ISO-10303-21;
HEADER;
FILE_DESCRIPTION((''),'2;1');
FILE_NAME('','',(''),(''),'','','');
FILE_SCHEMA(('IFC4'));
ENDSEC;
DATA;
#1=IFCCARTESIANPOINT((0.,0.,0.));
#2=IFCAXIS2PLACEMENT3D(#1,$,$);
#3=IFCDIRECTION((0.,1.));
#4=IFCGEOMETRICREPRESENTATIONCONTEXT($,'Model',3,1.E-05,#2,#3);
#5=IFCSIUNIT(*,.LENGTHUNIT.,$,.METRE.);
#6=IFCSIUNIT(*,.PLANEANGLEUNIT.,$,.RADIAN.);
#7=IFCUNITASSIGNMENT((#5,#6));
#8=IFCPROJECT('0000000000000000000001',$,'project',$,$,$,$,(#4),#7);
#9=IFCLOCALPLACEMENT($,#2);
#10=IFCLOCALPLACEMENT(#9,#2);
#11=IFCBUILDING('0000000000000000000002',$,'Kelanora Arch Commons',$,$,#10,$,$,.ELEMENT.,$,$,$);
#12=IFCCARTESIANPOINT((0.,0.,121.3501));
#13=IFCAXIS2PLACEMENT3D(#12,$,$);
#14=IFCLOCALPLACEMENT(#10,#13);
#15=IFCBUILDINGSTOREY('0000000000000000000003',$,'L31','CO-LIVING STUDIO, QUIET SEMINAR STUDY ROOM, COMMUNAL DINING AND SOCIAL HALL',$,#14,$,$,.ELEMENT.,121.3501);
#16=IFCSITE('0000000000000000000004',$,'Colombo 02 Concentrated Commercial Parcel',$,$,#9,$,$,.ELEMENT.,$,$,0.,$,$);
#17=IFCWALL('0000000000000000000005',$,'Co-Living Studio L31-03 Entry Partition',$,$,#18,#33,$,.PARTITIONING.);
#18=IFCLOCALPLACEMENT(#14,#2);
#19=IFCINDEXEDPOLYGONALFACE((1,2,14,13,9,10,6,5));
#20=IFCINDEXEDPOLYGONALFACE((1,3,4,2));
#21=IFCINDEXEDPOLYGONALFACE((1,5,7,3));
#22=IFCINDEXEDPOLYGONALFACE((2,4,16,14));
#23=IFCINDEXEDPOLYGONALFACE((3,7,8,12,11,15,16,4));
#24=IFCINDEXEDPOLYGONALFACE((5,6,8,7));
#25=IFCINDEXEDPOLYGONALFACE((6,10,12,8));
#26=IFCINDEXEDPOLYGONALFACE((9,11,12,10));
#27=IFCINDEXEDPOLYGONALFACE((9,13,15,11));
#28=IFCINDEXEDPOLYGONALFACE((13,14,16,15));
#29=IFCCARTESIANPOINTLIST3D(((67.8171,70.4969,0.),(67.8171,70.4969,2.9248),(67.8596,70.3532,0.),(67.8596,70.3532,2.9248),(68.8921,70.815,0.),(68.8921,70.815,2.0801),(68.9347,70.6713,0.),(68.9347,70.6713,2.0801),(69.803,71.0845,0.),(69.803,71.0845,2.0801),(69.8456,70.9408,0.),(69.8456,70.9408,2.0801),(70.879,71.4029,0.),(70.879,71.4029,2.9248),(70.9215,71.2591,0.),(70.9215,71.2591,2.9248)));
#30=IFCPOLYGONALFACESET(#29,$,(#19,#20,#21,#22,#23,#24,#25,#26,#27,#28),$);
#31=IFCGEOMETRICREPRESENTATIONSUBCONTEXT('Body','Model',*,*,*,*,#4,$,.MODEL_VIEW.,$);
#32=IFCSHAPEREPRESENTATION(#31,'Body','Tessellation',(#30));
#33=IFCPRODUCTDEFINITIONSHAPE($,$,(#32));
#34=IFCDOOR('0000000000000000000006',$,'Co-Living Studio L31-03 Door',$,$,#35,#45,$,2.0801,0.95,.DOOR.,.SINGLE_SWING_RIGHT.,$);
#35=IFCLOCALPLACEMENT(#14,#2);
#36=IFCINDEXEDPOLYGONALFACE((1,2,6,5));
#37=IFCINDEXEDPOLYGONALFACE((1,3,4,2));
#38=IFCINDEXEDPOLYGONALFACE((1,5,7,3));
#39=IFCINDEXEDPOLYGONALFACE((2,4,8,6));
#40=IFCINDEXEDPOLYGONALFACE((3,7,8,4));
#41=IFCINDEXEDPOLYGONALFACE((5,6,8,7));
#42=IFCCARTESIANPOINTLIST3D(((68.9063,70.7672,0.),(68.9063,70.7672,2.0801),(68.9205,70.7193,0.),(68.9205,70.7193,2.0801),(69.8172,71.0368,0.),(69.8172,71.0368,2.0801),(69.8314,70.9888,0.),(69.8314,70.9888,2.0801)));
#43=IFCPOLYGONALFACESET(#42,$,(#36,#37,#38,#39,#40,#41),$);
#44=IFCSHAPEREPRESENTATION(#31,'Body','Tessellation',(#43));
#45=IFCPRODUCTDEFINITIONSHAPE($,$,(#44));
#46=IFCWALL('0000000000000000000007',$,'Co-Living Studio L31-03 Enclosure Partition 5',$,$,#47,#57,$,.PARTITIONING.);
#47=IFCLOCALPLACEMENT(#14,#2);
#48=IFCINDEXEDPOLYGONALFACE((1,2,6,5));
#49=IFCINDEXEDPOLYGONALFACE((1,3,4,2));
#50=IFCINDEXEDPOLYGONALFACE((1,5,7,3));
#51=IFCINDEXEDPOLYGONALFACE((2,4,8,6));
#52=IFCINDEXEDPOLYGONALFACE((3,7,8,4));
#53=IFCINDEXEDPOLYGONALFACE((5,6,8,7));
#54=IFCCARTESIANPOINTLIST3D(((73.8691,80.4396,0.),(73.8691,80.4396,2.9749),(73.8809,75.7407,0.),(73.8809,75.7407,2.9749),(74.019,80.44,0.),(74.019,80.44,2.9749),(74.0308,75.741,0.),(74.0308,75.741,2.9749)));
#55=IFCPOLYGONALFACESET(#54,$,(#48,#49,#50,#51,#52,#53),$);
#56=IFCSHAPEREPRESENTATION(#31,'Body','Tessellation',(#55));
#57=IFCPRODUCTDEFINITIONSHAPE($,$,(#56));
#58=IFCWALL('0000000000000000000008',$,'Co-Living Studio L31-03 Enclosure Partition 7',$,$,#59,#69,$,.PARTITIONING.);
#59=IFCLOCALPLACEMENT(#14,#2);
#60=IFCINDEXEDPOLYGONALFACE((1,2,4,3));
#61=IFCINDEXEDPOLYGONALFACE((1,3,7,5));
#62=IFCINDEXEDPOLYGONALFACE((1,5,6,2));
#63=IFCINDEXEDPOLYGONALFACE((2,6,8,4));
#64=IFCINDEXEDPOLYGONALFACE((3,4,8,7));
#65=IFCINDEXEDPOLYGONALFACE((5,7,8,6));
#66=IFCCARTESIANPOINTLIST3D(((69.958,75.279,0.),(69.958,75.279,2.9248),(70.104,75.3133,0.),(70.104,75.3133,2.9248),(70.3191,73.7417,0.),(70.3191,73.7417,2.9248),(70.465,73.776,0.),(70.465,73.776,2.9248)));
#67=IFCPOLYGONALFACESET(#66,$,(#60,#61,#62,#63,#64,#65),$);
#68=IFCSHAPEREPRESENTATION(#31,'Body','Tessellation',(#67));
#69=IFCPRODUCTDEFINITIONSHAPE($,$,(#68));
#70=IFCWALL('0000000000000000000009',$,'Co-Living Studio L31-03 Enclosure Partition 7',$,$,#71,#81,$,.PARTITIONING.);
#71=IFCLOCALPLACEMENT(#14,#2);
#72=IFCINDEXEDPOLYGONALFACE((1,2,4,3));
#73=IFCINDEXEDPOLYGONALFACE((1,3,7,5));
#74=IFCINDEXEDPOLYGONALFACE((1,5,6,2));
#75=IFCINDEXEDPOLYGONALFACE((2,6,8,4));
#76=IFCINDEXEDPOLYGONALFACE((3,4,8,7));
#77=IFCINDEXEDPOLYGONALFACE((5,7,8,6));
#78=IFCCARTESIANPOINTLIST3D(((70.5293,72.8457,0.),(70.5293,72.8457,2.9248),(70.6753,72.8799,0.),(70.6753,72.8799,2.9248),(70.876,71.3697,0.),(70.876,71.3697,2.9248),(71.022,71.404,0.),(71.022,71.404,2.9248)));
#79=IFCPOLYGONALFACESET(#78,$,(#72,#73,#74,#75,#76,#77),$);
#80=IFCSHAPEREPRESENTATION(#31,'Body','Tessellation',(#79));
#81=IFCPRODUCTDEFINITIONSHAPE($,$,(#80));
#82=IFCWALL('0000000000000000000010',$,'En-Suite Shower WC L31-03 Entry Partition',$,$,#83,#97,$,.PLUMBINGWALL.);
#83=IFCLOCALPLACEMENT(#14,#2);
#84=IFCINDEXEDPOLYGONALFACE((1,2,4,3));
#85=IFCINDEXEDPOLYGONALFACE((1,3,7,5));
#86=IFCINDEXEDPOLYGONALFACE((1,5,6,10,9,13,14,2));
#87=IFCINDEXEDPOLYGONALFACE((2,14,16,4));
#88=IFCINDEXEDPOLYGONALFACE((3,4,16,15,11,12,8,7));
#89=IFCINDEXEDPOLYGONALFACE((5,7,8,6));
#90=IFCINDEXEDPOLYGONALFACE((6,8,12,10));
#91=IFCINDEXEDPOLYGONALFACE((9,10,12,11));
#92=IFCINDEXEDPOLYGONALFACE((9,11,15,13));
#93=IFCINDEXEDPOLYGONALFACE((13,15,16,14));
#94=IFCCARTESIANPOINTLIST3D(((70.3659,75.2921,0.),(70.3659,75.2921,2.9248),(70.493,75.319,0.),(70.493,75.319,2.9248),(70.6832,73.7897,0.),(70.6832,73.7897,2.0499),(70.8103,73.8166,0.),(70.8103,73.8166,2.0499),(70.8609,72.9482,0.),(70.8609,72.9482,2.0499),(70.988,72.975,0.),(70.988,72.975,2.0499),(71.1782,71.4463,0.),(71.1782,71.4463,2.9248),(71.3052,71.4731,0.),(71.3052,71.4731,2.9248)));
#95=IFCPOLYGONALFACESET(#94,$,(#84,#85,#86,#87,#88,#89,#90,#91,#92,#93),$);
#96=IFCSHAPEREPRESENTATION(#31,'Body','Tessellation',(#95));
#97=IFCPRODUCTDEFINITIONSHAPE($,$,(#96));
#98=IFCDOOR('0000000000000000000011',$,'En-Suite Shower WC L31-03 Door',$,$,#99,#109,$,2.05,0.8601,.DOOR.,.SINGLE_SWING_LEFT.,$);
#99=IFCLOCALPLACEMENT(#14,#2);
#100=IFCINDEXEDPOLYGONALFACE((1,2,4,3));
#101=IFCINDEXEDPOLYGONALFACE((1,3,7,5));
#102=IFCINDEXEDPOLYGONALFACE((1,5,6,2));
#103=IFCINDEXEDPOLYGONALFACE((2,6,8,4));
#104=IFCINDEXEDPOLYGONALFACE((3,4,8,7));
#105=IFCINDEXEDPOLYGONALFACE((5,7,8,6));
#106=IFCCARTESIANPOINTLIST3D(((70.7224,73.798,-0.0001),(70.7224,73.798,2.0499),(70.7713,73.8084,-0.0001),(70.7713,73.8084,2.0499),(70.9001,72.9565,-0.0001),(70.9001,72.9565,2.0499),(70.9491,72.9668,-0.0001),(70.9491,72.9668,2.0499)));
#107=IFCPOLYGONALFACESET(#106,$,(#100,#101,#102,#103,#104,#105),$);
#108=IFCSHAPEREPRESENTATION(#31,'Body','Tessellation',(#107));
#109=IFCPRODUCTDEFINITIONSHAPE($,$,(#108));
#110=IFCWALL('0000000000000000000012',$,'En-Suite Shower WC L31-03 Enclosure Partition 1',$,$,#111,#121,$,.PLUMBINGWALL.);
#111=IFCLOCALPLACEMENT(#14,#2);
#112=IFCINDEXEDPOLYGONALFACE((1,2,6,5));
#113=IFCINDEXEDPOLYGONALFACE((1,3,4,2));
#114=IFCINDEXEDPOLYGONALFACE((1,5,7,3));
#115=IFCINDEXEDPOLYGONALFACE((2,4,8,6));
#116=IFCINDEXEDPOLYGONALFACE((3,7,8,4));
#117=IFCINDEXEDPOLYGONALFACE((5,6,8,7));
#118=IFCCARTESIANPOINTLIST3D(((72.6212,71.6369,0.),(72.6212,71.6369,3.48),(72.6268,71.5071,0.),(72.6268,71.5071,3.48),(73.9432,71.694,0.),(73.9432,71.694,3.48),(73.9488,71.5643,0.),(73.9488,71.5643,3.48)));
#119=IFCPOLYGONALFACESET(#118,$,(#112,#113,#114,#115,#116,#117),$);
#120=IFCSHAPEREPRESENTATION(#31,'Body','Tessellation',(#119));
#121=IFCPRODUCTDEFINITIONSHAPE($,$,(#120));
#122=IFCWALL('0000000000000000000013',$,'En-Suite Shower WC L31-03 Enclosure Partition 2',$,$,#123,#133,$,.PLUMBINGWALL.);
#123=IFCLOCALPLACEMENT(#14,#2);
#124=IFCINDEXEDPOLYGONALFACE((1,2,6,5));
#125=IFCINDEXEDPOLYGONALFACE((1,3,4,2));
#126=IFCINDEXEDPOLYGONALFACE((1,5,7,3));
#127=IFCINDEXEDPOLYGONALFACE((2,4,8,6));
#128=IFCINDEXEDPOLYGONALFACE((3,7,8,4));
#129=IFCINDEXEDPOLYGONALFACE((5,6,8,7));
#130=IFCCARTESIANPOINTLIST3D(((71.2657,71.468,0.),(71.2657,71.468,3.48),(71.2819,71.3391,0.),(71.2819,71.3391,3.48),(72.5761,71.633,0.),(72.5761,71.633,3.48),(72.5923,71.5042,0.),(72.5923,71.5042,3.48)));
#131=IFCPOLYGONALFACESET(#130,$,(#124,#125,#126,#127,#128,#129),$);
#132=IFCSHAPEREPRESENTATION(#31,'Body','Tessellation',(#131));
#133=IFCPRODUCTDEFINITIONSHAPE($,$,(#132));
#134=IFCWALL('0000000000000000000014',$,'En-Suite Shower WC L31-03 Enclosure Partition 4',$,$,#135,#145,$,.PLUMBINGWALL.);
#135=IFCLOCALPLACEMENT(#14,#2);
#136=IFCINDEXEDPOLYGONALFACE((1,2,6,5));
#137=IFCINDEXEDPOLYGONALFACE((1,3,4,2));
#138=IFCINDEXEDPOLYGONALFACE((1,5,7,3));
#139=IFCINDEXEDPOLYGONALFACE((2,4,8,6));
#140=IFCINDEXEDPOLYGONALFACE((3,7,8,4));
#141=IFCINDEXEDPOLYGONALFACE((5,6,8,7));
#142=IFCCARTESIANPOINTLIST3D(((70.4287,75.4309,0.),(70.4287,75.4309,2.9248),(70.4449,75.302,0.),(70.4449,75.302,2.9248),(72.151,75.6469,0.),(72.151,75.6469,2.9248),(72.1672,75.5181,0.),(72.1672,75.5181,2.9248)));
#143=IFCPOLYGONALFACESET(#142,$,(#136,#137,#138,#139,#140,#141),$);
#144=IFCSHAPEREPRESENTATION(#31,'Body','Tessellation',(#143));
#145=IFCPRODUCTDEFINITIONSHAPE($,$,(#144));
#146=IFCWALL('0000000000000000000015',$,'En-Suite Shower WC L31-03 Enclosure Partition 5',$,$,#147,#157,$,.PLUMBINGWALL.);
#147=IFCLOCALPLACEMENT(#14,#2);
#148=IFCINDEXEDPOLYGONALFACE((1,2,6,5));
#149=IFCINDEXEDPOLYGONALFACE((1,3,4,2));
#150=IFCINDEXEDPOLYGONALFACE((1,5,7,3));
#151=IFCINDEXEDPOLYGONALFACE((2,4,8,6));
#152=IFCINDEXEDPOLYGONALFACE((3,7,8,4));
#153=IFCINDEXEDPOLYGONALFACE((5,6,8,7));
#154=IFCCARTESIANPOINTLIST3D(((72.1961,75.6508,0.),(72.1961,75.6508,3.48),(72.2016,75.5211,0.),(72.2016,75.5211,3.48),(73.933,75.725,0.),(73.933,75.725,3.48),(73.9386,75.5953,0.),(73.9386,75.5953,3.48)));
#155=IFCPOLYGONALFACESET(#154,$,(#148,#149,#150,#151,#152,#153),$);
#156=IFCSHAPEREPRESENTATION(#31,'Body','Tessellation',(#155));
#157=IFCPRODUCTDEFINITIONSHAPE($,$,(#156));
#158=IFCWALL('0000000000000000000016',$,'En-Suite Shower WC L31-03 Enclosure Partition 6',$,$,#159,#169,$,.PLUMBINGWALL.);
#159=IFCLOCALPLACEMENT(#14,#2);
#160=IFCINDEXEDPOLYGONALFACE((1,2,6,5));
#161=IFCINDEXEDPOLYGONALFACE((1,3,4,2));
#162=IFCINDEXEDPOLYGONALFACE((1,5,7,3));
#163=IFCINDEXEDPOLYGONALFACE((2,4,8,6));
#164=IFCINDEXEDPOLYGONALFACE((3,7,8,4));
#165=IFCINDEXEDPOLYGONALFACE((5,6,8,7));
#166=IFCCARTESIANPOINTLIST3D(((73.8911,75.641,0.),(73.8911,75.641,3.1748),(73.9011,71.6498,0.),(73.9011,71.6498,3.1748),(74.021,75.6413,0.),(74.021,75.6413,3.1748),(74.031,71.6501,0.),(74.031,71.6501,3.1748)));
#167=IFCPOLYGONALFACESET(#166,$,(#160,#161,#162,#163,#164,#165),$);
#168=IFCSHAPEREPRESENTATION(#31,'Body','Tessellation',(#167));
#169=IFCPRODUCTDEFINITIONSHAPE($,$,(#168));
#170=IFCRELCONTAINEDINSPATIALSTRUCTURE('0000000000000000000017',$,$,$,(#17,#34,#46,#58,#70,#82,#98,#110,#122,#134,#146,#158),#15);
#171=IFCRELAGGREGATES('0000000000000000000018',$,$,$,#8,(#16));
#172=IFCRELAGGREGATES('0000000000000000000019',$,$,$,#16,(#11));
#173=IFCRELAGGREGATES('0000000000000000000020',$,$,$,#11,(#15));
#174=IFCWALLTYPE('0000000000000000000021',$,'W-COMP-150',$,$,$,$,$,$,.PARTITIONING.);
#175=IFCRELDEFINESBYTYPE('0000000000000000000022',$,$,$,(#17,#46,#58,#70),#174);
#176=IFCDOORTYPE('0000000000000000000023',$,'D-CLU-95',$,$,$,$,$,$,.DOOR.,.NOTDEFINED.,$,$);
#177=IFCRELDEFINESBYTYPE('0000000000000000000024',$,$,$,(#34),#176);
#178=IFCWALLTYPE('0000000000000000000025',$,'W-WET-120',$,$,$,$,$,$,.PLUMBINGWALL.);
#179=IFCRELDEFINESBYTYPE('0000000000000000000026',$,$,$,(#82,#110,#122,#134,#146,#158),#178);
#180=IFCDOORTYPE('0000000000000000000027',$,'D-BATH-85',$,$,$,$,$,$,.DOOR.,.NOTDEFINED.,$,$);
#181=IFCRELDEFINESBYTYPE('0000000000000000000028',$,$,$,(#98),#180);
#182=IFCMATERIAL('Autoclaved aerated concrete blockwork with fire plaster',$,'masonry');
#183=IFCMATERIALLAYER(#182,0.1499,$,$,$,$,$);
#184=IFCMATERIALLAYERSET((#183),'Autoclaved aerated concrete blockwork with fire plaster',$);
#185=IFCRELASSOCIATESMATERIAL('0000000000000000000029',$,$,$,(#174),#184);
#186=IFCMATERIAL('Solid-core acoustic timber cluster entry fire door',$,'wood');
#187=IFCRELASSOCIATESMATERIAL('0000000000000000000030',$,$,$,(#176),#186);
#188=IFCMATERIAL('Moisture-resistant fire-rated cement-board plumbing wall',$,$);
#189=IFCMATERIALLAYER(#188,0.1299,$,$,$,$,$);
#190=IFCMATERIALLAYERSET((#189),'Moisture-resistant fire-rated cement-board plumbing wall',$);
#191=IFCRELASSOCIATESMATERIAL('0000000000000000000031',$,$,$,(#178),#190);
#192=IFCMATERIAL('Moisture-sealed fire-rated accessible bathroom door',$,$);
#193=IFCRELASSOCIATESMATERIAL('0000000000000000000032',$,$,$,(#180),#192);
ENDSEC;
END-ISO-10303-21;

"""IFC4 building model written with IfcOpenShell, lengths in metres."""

from ifc_helpers import new_model, si_unit, direction, frame, frame_2d, origin, place, context, subcontext, project, spatial, rectangle, extrude, material, layer, layer_set, type_object, element, fill, save


model = new_model("IFC4")

# Units and contexts
model_context = context("Model", 3, precision=1e-05, world=origin(), true_north=direction((0.0, 1.0)))
body_context = subcontext(model_context, "Body", "Model", "MODEL_VIEW")
ifc_project = project(units=[si_unit("LENGTHUNIT", "METRE"), si_unit("PLANEANGLEUNIT", "RADIAN")], contexts=[model_context])

# Site, building, storey
site_placement = place(None, origin())
site = spatial("IfcSite", under=ifc_project, at=site_placement, Name="Colombo 02 Concentrated Commercial Parcel", CompositionType="ELEMENT", RefElevation=0.0)
building_placement = place(site_placement, origin())
building = spatial("IfcBuilding", under=site, at=building_placement, Name="Kelanora Arch Commons", CompositionType="ELEMENT")
storey_placement = place(building_placement, frame((0.0, 0.0, 121.3501)))
storey = spatial("IfcBuildingStorey", under=building, at=storey_placement, Name="L31", Description="CO-LIVING STUDIO, QUIET SEMINAR STUDY ROOM, COMMUNAL DINING AND SOCIAL HALL", CompositionType="ELEMENT", Elevation=121.3501)

# Wall, opening, door
ifc_material_1 = material(Name="Autoclaved aerated concrete blockwork with fire plaster", Category="masonry")
ifc_layer_1 = layer(ifc_material_1, 0.1499)
ifc_layer_set_1 = layer_set([ifc_layer_1], Name="Autoclaved aerated concrete blockwork with fire plaster")
wall_type_1 = type_object("IfcWallType", Name="W-COMP-150", PredefinedType="PARTITIONING", material=ifc_layer_set_1)
wall_1_placement = place(storey_placement, frame((70.9004, 71.3311, 0.0), z_axis=(0.0, 0.0, 1.0), x_axis=(-0.958905, -0.283726, 0.0)))
wall_1 = element("IfcWall", 1, at=wall_1_placement, inside=storey, type_object=wall_type_1, Name="Co-Living Studio L31-03 Entry Partition", PredefinedType="PARTITIONING", context=body_context, shape_type="SweptSolid", body=[
    extrude(rectangle(XDim=3.1931, YDim=0.1499, at=frame_2d((1.5967, 0.0))), origin(), (0.0, 0.0, 1.0), 2.9248),
])
opening_1_placement = place(wall_1_placement, frame((1.1221, 0.0, 0.0)))
opening_1 = element("IfcOpeningElement", 2, at=opening_1_placement, cuts=wall_1, PredefinedType="OPENING", context=body_context, shape_type="SweptSolid", body=[
    extrude(rectangle(XDim=0.95, YDim=2.0801, at=frame_2d((0.4751, 1.04))), frame((0.0, 0.085, 0.0), z_axis=(0.0, -1.0, 0.0), x_axis=(1.0, 0.0, 0.0)), (0.0, 0.0, 1.0), 0.1699),
])
ifc_material_2 = material(Name="Solid-core acoustic timber cluster entry fire door", Category="wood")
door_type_1 = type_object("IfcDoorType", Name="D-CLU-95", OperationType="NOTDEFINED", PredefinedType="DOOR", material=ifc_material_2)
door_1_placement = place(opening_1_placement, origin())
door_1 = element("IfcDoor", 3, at=door_1_placement, inside=storey, type_object=door_type_1, Name="Co-Living Studio L31-03 Door", OperationType="SINGLE_SWING_RIGHT", OverallHeight=2.0801, OverallWidth=0.95, PredefinedType="DOOR", context=body_context, shape_type="SweptSolid", body=[
    extrude(rectangle(XDim=0.95, YDim=2.0801, at=frame_2d((0.4751, 1.04))), frame((0.0, 0.0249, 0.0), z_axis=(0.0, -1.0, 0.0), x_axis=(1.0, 0.0, 0.0)), (0.0, 0.0, 1.0), 0.05),
])
fill(opening_1, door_1)

# Walls
wall_2_placement = place(storey_placement, frame((73.9441, 80.4399, 0.0), z_axis=(0.0, 0.0, 1.0), x_axis=(0.002494, -0.999997, 0.0)))
element("IfcWall", 4, at=wall_2_placement, inside=storey, type_object=wall_type_1, Name="Co-Living Studio L31-03 Enclosure Partition 5", PredefinedType="PARTITIONING", context=body_context, shape_type="SweptSolid", body=[
    extrude(rectangle(XDim=4.699, YDim=0.1499, at=frame_2d((2.3496, 0.0))), origin(), (0.0, 0.0, 1.0), 2.9749),
])
wall_3_placement = place(storey_placement, frame((70.031, 75.2961, 0.0), z_axis=(0.0, 0.0, 1.0), x_axis=(0.228652, -0.973508, 0.0)))
element("IfcWall", 5, at=wall_3_placement, inside=storey, type_object=wall_type_1, Name="Co-Living Studio L31-03 Enclosure Partition 7", PredefinedType="PARTITIONING", context=body_context, shape_type="SweptSolid", body=[
    extrude(rectangle(XDim=1.5791, YDim=0.1499, at=frame_2d((0.7896, 0.0))), origin(), (0.0, 0.0, 1.0), 2.9248),
])
wall_4_placement = place(storey_placement, frame((70.6023, 72.8628, 0.0), z_axis=(0.0, 0.0, 1.0), x_axis=(0.22868, -0.973502, 0.0)))
element("IfcWall", 6, at=wall_4_placement, inside=storey, type_object=wall_type_1, Name="Co-Living Studio L31-03 Enclosure Partition 7", PredefinedType="PARTITIONING", context=body_context, shape_type="SweptSolid", body=[
    extrude(rectangle(XDim=1.5161, YDim=0.1499, at=frame_2d((0.7581, 0.0))), origin(), (0.0, 0.0, 1.0), 2.9248),
])

# Wall, opening, door
ifc_material_3 = material(Name="Moisture-resistant fire-rated cement-board plumbing wall")
ifc_layer_2 = layer(ifc_material_3, 0.1299)
ifc_layer_set_2 = layer_set([ifc_layer_2], Name="Moisture-resistant fire-rated cement-board plumbing wall")
wall_type_2 = type_object("IfcWallType", Name="W-WET-120", PredefinedType="PLUMBINGWALL", material=ifc_layer_set_2)
wall_5_placement = place(storey_placement, frame((71.2417, 71.4597, 0.0), z_axis=(0.0, 0.0, 1.0), x_axis=(-0.206652, 0.978414, 0.0)))
wall_5 = element("IfcWall", 7, at=wall_5_placement, inside=storey, type_object=wall_type_2, Name="En-Suite Shower WC L31-03 Entry Partition", PredefinedType="PLUMBINGWALL", context=body_context, shape_type="SweptSolid", body=[
    extrude(rectangle(XDim=3.9307, YDim=0.1299, at=frame_2d((1.9653, 0.0))), origin(), (0.0, 0.0, 1.0), 2.9248),
])
opening_2_placement = place(wall_5_placement, frame((1.5349, 0.0, 0.0)))
opening_2 = element("IfcOpeningElement", 8, at=opening_2_placement, cuts=wall_5, PredefinedType="OPENING", context=body_context, shape_type="SweptSolid", body=[
    extrude(rectangle(XDim=0.8601, YDim=2.05, at=frame_2d((0.4302, 1.0249))), frame((0.0, 0.075, 0.0), z_axis=(0.0, -1.0, 0.0), x_axis=(1.0, 0.0, 0.0)), (0.0, 0.0, 1.0), 0.1499),
])
ifc_material_4 = material(Name="Moisture-sealed fire-rated accessible bathroom door")
door_type_2 = type_object("IfcDoorType", Name="D-BATH-85", OperationType="NOTDEFINED", PredefinedType="DOOR", material=ifc_material_4)
door_2_placement = place(opening_2_placement, origin())
door_2 = element("IfcDoor", 9, at=door_2_placement, inside=storey, type_object=door_type_2, Name="En-Suite Shower WC L31-03 Door", OperationType="SINGLE_SWING_LEFT", OverallHeight=2.05, OverallWidth=0.8601, PredefinedType="DOOR", context=body_context, shape_type="SweptSolid", body=[
    extrude(rectangle(XDim=0.8601, YDim=2.05, at=frame_2d((0.4302, 1.0249))), frame((0.0, 0.0249, 0.0), z_axis=(0.0, -1.0, 0.0), x_axis=(1.0, 0.0, 0.0)), (0.0, 0.0, 1.0), 0.05),
])
fill(opening_2, door_2)

# Walls
wall_6_placement = place(storey_placement, frame((73.946, 71.6292, 0.0), z_axis=(0.0, 0.0, 1.0), x_axis=(-0.999068, -0.043173, 0.0)))
element("IfcWall", 10, at=wall_6_placement, inside=storey, type_object=wall_type_2, Name="En-Suite Shower WC L31-03 Enclosure Partition 1", PredefinedType="PLUMBINGWALL", context=body_context, shape_type="SweptSolid", body=[
    extrude(rectangle(XDim=1.3232, YDim=0.1299, at=frame_2d((0.6616, 0.0))), origin(), (0.0, 0.0, 1.0), 3.48),
])
wall_7_placement = place(storey_placement, frame((72.5842, 71.5686, 0.0), z_axis=(0.0, 0.0, 1.0), x_axis=(-0.992164, -0.124945, 0.0)))
element("IfcWall", 11, at=wall_7_placement, inside=storey, type_object=wall_type_2, Name="En-Suite Shower WC L31-03 Enclosure Partition 2", PredefinedType="PLUMBINGWALL", context=body_context, shape_type="SweptSolid", body=[
    extrude(rectangle(XDim=1.3208, YDim=0.1299, at=frame_2d((0.6604, 0.0))), origin(), (0.0, 0.0, 1.0), 3.48),
])
wall_8_placement = place(storey_placement, frame((70.4368, 75.3665, 0.0), z_axis=(0.0, 0.0, 1.0), x_axis=(0.992224, 0.124467, 0.0)))
element("IfcWall", 12, at=wall_8_placement, inside=storey, type_object=wall_type_2, Name="En-Suite Shower WC L31-03 Enclosure Partition 4", PredefinedType="PLUMBINGWALL", context=body_context, shape_type="SweptSolid", body=[
    extrude(rectangle(XDim=1.7358, YDim=0.1299, at=frame_2d((0.8679, 0.0))), origin(), (0.0, 0.0, 1.0), 2.9248),
])
wall_9_placement = place(storey_placement, frame((72.199, 75.5859, 0.0), z_axis=(0.0, 0.0, 1.0), x_axis=(0.999088, 0.042688, 0.0)))
element("IfcWall", 13, at=wall_9_placement, inside=storey, type_object=wall_type_2, Name="En-Suite Shower WC L31-03 Enclosure Partition 5", PredefinedType="PLUMBINGWALL", context=body_context, shape_type="SweptSolid", body=[
    extrude(rectangle(XDim=1.7385, YDim=0.1299, at=frame_2d((0.8691, 0.0))), origin(), (0.0, 0.0, 1.0), 3.48),
])
wall_10_placement = place(storey_placement, frame((73.9561, 75.6411, 0.0), z_axis=(0.0, 0.0, 1.0), x_axis=(0.002508, -0.999997, 0.0)))
element("IfcWall", 14, at=wall_10_placement, inside=storey, type_object=wall_type_2, Name="En-Suite Shower WC L31-03 Enclosure Partition 6", PredefinedType="PLUMBINGWALL", context=body_context, shape_type="SweptSolid", body=[
    extrude(rectangle(XDim=3.9912, YDim=0.1299, at=frame_2d((1.9956, 0.0))), origin(), (0.0, 0.0, 1.0), 3.1748),
])

save(model, "model.ifc")
